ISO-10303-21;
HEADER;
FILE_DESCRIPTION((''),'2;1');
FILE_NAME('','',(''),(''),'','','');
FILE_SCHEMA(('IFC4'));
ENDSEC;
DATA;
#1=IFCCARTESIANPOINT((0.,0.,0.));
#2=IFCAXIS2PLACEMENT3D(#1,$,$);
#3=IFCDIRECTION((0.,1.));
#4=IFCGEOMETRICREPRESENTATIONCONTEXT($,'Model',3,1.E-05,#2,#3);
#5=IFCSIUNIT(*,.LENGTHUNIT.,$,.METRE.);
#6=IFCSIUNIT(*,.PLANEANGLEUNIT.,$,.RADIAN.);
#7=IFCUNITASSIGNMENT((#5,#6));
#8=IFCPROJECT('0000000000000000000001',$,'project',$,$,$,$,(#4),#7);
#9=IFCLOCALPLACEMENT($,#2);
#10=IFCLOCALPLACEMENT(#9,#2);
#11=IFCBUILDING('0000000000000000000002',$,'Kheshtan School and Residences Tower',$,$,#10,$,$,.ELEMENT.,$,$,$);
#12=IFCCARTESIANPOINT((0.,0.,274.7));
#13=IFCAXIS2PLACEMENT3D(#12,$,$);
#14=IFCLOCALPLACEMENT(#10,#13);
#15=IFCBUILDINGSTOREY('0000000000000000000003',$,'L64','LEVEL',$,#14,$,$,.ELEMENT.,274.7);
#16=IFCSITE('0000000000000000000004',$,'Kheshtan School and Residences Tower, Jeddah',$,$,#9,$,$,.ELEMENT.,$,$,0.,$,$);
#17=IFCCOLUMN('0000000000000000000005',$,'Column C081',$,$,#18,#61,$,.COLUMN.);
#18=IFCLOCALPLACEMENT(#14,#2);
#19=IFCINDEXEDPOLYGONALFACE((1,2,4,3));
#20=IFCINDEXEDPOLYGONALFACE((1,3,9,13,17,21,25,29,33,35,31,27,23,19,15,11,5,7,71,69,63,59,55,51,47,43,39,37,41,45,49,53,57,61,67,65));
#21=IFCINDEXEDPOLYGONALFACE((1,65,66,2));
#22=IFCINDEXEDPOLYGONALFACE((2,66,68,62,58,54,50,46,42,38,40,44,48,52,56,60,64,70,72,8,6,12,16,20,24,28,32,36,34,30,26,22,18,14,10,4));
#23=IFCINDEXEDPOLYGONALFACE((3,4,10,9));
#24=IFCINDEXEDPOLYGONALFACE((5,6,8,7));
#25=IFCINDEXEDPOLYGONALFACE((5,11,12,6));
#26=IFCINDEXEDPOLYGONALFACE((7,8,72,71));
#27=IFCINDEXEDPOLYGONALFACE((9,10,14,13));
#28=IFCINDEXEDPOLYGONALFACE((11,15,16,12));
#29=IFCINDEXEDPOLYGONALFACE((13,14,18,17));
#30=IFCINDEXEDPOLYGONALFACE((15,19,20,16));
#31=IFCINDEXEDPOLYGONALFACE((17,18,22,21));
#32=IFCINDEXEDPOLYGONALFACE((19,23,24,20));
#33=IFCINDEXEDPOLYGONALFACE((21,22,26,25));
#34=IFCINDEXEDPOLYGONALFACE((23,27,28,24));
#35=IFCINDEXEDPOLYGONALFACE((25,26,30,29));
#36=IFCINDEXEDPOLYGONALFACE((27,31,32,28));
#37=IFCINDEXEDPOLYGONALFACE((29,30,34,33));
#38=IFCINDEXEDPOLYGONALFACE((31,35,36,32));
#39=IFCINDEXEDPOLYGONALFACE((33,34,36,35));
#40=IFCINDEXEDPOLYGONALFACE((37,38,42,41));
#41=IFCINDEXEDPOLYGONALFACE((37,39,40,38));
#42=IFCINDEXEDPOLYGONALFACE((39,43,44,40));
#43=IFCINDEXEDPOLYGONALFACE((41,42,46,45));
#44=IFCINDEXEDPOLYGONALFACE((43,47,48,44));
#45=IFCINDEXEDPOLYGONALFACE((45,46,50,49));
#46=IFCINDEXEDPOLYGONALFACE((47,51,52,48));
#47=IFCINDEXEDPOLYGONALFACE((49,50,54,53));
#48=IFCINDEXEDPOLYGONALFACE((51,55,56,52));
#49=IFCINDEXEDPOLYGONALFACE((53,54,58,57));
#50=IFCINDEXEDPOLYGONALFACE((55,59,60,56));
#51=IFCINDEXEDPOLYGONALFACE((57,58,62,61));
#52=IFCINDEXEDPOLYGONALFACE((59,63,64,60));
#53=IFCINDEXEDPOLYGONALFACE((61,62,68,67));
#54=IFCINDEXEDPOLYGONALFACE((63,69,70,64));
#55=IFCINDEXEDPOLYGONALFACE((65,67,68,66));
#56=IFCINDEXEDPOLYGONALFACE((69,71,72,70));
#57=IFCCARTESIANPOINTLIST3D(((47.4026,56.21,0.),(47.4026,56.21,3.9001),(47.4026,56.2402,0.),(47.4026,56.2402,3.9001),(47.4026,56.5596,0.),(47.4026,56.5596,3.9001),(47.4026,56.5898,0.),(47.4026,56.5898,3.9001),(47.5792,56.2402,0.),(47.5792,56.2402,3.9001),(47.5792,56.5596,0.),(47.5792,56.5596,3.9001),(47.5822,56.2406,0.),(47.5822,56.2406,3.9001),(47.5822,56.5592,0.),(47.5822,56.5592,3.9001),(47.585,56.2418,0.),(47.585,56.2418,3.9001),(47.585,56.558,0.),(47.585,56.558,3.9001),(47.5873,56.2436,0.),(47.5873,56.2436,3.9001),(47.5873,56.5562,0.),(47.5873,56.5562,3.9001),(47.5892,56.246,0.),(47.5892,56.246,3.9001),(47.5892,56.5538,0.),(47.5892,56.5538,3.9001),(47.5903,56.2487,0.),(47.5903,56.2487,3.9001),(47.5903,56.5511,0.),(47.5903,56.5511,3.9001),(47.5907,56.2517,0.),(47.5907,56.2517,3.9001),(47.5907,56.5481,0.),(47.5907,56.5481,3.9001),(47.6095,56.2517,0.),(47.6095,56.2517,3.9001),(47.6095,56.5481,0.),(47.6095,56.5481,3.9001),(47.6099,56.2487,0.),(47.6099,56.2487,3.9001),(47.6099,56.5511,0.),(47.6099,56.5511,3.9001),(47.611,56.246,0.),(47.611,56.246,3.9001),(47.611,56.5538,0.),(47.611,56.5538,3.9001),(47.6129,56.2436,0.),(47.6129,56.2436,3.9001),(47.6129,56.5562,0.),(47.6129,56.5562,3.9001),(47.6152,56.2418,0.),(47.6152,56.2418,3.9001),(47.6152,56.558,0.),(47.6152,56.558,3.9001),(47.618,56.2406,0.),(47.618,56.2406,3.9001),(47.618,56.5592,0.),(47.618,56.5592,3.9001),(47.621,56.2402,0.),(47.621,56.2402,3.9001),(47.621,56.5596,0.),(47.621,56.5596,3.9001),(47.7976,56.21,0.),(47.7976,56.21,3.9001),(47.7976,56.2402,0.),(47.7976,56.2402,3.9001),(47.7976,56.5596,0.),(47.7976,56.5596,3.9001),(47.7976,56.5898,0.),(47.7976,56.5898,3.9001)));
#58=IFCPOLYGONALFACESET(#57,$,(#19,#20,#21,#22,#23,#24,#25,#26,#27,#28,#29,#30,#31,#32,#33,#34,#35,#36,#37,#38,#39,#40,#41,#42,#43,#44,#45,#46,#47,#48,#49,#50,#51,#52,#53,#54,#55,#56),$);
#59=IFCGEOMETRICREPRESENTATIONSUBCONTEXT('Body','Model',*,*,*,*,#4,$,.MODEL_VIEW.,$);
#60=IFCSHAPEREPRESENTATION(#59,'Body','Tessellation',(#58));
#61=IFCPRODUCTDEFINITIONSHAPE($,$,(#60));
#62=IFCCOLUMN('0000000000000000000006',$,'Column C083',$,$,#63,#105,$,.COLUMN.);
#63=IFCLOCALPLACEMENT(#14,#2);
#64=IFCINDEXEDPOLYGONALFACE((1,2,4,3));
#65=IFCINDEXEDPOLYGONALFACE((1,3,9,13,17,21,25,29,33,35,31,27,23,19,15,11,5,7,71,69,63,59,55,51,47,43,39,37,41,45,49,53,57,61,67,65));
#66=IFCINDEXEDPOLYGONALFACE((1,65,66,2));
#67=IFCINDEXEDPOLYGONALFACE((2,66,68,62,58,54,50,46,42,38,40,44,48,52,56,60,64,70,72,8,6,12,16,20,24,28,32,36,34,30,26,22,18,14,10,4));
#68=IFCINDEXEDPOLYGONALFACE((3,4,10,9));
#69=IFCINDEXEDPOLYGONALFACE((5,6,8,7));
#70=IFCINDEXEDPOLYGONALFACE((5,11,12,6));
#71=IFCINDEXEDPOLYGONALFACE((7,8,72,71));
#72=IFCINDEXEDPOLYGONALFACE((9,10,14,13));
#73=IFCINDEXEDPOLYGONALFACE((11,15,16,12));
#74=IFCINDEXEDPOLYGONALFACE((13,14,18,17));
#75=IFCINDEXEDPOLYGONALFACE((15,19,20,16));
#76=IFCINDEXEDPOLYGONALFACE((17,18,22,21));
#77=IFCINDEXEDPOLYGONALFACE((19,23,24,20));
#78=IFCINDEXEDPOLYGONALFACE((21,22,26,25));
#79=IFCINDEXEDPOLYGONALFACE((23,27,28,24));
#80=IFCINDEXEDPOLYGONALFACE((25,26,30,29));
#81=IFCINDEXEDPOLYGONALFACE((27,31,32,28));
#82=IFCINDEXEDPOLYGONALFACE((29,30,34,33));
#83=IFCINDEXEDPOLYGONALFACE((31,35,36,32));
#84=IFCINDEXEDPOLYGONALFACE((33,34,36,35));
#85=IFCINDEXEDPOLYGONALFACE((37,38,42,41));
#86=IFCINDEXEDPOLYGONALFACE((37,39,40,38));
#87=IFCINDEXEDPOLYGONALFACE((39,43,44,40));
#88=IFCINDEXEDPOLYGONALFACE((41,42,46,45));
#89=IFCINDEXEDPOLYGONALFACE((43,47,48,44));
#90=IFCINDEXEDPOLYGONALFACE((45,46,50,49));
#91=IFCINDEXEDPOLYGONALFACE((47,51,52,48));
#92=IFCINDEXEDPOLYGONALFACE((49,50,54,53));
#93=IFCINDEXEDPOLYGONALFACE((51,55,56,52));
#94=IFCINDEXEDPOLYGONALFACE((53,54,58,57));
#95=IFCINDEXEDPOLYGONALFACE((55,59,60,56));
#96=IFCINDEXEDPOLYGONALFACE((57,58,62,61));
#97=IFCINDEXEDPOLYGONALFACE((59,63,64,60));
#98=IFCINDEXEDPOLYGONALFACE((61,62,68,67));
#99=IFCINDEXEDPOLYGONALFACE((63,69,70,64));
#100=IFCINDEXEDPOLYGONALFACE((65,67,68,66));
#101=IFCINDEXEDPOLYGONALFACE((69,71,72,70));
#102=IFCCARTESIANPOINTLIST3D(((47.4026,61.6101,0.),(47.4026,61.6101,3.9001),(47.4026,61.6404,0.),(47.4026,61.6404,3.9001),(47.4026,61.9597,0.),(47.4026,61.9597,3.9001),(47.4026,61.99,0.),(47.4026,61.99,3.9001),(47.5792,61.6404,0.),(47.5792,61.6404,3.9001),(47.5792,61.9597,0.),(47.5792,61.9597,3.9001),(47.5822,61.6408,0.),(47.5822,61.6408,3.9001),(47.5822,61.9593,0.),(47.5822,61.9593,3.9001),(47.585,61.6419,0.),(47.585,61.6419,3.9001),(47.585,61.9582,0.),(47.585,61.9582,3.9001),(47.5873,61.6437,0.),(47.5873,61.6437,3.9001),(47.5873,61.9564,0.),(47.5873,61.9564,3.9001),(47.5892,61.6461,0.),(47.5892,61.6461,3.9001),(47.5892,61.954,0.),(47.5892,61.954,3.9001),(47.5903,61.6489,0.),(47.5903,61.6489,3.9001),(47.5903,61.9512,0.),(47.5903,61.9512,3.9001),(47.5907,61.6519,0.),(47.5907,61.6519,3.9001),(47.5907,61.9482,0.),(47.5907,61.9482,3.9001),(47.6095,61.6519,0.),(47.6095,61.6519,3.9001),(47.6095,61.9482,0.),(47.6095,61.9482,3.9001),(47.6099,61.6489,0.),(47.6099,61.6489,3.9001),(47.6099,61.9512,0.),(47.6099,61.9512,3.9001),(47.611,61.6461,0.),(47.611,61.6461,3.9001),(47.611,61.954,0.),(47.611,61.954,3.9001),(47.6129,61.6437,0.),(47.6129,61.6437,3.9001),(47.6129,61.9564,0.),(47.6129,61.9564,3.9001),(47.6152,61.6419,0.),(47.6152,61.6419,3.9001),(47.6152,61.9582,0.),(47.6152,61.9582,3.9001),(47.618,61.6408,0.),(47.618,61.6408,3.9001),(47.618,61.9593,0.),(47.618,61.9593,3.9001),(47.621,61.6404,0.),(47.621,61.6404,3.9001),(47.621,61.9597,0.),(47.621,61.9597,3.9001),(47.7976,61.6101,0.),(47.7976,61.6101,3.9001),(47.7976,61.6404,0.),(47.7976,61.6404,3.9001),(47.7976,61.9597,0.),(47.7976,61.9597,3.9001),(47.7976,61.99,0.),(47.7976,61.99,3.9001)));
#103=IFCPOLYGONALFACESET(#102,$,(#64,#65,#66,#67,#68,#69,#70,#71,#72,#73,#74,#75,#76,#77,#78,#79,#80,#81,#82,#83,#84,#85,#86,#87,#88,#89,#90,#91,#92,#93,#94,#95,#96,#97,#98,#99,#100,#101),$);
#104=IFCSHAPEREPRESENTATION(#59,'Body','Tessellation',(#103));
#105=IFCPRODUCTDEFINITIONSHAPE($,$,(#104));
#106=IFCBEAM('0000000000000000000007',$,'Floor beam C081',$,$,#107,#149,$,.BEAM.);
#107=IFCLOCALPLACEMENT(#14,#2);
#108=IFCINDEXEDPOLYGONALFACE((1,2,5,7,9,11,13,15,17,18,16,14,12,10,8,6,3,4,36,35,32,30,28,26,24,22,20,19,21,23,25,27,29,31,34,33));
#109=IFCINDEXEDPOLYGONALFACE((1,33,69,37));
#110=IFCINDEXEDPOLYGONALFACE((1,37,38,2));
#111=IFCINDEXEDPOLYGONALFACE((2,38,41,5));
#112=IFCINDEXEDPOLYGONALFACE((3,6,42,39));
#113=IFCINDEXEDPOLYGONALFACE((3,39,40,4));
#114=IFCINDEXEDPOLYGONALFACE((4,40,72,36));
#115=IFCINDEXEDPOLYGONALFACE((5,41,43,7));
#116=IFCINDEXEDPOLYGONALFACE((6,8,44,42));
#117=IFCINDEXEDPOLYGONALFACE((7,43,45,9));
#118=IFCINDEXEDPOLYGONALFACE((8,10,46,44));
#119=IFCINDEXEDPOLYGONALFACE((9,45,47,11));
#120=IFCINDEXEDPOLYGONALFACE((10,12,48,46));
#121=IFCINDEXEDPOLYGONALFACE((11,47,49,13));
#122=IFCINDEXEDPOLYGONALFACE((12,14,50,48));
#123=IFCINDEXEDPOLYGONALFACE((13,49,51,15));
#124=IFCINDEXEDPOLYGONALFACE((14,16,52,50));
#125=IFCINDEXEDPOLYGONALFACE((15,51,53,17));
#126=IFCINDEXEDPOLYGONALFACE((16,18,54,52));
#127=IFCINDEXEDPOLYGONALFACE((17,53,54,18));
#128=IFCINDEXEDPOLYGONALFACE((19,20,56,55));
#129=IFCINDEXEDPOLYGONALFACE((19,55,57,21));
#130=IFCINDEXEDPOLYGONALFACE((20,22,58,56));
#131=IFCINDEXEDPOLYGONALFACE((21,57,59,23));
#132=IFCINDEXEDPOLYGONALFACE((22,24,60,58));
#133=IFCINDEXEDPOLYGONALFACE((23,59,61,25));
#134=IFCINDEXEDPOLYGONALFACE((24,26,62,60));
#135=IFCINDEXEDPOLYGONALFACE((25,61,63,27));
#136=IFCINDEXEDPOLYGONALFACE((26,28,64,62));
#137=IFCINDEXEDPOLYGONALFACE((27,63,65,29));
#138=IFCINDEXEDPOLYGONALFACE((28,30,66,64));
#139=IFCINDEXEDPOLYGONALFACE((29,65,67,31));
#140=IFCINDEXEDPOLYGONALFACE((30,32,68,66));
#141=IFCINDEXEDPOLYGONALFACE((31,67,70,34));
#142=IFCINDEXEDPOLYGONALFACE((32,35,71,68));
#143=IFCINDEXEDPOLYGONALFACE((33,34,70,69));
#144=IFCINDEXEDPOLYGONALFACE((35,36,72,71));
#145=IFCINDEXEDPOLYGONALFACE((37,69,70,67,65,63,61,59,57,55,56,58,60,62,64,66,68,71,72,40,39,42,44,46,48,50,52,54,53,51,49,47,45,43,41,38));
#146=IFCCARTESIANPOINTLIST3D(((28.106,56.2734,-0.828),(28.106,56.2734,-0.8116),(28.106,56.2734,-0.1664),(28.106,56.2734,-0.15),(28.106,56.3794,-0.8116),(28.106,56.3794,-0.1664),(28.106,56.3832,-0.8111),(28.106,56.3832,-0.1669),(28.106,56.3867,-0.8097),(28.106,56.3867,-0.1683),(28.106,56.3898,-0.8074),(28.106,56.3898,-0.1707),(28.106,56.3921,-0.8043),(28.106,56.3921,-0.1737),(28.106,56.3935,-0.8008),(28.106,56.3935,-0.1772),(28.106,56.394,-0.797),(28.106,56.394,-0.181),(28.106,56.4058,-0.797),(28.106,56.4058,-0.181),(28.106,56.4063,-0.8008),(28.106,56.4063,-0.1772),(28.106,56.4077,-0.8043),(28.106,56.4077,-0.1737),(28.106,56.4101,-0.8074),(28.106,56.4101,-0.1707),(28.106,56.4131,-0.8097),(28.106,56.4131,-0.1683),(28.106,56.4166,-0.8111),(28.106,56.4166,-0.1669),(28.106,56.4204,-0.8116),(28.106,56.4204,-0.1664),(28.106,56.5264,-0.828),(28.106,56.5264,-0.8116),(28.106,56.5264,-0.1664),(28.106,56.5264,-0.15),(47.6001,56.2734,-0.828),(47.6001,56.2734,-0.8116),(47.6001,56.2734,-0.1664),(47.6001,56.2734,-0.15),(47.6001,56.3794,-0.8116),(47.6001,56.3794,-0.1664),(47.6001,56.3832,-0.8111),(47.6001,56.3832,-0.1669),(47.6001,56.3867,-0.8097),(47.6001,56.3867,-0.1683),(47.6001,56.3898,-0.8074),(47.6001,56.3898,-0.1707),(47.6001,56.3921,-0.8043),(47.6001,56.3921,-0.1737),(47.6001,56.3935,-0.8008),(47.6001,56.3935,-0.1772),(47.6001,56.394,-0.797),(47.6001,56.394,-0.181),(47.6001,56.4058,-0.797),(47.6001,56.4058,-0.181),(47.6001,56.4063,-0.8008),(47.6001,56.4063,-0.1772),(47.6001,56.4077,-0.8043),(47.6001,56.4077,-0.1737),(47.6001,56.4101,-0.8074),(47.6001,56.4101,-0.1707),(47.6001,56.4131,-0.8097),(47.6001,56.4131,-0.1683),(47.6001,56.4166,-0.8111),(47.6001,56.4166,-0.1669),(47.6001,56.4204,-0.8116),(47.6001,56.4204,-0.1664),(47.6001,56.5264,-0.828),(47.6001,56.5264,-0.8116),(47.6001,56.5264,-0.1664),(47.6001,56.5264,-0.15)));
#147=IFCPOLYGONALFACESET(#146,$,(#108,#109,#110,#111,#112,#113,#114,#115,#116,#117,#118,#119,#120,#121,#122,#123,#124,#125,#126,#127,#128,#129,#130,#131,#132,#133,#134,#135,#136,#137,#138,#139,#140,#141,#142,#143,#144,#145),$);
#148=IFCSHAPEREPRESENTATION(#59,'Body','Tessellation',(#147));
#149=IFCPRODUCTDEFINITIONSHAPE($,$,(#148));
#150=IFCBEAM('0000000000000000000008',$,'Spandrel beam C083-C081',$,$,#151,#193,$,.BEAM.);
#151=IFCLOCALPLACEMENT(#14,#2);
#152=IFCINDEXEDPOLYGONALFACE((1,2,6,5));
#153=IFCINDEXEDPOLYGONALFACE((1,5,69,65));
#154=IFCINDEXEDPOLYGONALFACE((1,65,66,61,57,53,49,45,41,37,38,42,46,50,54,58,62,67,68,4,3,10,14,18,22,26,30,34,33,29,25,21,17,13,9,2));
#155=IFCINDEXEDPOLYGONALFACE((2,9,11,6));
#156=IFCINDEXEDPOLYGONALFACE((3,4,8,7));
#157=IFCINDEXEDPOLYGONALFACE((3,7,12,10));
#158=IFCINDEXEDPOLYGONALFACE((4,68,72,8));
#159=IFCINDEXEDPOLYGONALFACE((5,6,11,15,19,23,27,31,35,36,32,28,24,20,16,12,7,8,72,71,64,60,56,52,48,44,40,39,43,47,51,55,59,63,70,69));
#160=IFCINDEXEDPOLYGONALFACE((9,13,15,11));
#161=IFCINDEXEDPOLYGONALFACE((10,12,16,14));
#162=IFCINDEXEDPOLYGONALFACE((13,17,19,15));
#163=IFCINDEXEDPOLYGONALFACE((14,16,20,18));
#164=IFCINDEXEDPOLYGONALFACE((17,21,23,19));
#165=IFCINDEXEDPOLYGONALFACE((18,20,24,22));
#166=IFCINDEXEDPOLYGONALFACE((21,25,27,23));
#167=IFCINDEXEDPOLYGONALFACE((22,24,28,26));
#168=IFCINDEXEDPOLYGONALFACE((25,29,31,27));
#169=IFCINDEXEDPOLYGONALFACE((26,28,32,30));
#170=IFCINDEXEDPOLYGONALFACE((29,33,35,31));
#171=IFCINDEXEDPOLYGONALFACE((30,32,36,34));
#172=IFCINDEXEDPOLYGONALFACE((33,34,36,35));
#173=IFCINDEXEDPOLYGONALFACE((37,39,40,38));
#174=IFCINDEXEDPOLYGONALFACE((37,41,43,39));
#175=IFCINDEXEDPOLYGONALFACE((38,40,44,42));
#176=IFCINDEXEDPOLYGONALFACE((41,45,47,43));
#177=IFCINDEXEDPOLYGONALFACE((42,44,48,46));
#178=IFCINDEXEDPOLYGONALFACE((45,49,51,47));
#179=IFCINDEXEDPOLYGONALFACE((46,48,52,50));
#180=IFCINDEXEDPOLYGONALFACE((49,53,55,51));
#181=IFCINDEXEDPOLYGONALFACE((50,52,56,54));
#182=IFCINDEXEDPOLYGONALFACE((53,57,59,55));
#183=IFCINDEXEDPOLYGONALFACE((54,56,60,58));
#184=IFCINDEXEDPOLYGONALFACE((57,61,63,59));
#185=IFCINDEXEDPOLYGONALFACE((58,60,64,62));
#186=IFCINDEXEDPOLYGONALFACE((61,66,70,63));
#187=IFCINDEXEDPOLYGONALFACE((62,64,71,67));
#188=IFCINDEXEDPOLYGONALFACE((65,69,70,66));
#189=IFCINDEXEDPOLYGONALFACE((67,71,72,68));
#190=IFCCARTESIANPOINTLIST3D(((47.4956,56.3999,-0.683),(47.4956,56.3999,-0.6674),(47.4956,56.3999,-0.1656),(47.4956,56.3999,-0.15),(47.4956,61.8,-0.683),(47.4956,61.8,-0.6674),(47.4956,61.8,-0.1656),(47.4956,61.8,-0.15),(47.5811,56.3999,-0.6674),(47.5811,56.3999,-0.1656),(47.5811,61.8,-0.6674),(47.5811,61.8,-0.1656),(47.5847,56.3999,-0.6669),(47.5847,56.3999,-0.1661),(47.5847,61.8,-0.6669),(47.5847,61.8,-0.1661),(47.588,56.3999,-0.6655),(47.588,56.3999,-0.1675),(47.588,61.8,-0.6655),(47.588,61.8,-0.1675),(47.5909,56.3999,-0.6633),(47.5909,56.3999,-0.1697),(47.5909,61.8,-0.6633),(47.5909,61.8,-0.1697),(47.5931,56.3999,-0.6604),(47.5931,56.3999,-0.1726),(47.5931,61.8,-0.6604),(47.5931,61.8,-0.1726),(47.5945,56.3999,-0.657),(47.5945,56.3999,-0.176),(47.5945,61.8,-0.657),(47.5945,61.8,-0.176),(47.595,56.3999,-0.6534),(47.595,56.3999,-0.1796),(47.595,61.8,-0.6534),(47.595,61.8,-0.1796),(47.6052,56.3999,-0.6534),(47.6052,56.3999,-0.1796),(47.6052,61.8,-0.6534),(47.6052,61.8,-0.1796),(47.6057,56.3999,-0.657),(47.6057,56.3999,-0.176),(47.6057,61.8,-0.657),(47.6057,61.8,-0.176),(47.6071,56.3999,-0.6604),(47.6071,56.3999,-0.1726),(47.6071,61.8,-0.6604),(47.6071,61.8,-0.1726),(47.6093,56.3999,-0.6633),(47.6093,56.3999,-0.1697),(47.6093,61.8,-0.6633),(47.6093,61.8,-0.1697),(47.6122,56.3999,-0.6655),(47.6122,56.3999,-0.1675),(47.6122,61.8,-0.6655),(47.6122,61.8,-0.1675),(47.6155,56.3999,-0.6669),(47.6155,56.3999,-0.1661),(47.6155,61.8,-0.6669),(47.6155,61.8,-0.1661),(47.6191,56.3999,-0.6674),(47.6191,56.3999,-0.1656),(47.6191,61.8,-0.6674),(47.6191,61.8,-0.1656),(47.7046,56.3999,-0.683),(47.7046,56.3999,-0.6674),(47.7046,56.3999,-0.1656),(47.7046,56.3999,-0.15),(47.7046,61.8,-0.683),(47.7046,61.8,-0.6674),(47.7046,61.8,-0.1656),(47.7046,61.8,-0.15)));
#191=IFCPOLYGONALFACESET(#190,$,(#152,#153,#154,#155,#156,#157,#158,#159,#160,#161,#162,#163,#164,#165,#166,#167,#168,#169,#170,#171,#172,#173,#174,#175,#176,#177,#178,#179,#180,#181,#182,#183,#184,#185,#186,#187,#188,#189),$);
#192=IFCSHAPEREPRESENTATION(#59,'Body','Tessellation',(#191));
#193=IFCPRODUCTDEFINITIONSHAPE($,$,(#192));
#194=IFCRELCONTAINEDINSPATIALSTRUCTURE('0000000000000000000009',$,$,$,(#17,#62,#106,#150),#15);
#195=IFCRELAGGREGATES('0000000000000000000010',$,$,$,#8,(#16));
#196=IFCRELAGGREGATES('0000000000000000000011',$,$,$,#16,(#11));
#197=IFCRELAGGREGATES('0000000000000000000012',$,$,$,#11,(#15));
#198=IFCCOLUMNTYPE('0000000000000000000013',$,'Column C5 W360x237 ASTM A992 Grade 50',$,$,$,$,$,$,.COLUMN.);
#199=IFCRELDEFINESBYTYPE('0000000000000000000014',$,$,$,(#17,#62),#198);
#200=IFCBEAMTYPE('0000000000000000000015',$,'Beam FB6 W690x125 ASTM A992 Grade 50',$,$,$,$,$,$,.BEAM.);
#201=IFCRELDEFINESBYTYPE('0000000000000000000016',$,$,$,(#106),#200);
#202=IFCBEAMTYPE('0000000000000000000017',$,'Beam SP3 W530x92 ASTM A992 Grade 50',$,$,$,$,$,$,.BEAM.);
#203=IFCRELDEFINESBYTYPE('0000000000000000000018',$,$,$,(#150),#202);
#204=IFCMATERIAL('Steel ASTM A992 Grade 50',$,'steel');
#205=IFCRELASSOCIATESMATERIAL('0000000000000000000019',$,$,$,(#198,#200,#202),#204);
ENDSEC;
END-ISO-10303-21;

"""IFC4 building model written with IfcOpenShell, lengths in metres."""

from ifc_helpers import new_model, si_unit, direction, frame, origin, origin_2d, place, context, subcontext, project, spatial, i_section, extrude, material, material_profile, profile_set, type_object, element, save


model = new_model("IFC4")

# Units and contexts
model_context = context("Model", 3, precision=1e-05, world=origin(), true_north=direction((0.0, 1.0)))
body_context = subcontext(model_context, "Body", "Model", "MODEL_VIEW")
ifc_project = project(units=[si_unit("LENGTHUNIT", "METRE"), si_unit("PLANEANGLEUNIT", "RADIAN")], contexts=[model_context])

# Site, building, storey
site_placement = place(None, origin())
site = spatial("IfcSite", under=ifc_project, at=site_placement, Name="Kheshtan School and Residences Tower, Jeddah", CompositionType="ELEMENT", RefElevation=0.0)
building_placement = place(site_placement, origin())
building = spatial("IfcBuilding", under=site, at=building_placement, Name="Kheshtan School and Residences Tower", CompositionType="ELEMENT")
storey_placement = place(building_placement, frame((0.0, 0.0, 274.7)))
storey = spatial("IfcBuildingStorey", under=building, at=storey_placement, Name="L64", Description="LEVEL", CompositionType="ELEMENT", Elevation=274.7)

# Columns
ifc_material_1 = material(Name="Steel ASTM A992 Grade 50", Category="steel")
ifc_material_profile_1 = material_profile(ifc_material_1, i_section(OverallWidth=0.395, OverallDepth=0.3799, WebThickness=0.0188, FlangeThickness=0.0303, FilletRadius=0.0115, at=origin_2d()), Name="W360x237")
ifc_profile_set_1 = profile_set([ifc_material_profile_1], Name="Steel ASTM A992 Grade 50")
column_type = type_object("IfcColumnType", Name="Column C5 W360x237 ASTM A992 Grade 50", PredefinedType="COLUMN", material=ifc_profile_set_1)
for number, where, z_axis, x_axis, name in (
    (1, (47.6001, 56.3999, 0.0), (0.0, 0.0, 1.0), (1.0, 0.0, 0.0), "Column C081"),
    (2, (47.6001, 61.8, 0.0), (0.0, 0.0, 1.0), (1.0, 0.0, 0.0), "Column C083"),
):
    element("IfcColumn", number, at=place(storey_placement, frame(where, z_axis=z_axis, x_axis=x_axis)), inside=storey, type_object=column_type, Name=name, PredefinedType="COLUMN", context=body_context, shape_type="SweptSolid", body=[
        extrude(i_section(OverallWidth=0.395, OverallDepth=0.3799, WebThickness=0.0188, FlangeThickness=0.0303, FilletRadius=0.0115, at=origin_2d()), origin(), (0.0, 0.0, 1.0), 3.9001),
    ])

# Beams
ifc_material_profile_2 = material_profile(ifc_material_1, i_section(OverallWidth=0.2529, OverallDepth=0.678, WebThickness=0.0117, FlangeThickness=0.0164, FilletRadius=0.0146, at=origin_2d()), Name="W690x125")
ifc_profile_set_2 = profile_set([ifc_material_profile_2], Name="Steel ASTM A992 Grade 50")
beam_type_1 = type_object("IfcBeamType", Name="Beam FB6 W690x125 ASTM A992 Grade 50", PredefinedType="BEAM", material=ifc_profile_set_2)
beam_1_placement = place(storey_placement, frame((47.6001, 56.3999, -0.489), z_axis=(-1.0, 0.0, 0.0), x_axis=(0.0, -1.0, 0.0)))
element("IfcBeam", 3, at=beam_1_placement, inside=storey, type_object=beam_type_1, Name="Floor beam C081", PredefinedType="BEAM", context=body_context, shape_type="SweptSolid", body=[
    extrude(i_section(OverallWidth=0.2529, OverallDepth=0.678, WebThickness=0.0117, FlangeThickness=0.0164, FilletRadius=0.0146, at=origin_2d()), origin(), (0.0, 0.0, 1.0), 19.4941),
])
ifc_material_profile_3 = material_profile(ifc_material_1, i_section(OverallWidth=0.209, OverallDepth=0.533, WebThickness=0.0103, FlangeThickness=0.0156, FilletRadius=0.0139, at=origin_2d()), Name="W530x92")
ifc_profile_set_3 = profile_set([ifc_material_profile_3], Name="Steel ASTM A992 Grade 50")
beam_type_2 = type_object("IfcBeamType", Name="Beam SP3 W530x92 ASTM A992 Grade 50", PredefinedType="BEAM", material=ifc_profile_set_3)
beam_2_placement = place(storey_placement, frame((47.6001, 61.8, -0.4165), z_axis=(0.0, -1.0, 0.0), x_axis=(1.0, 0.0, 0.0)))
element("IfcBeam", 4, at=beam_2_placement, inside=storey, type_object=beam_type_2, Name="Spandrel beam C083-C081", PredefinedType="BEAM", context=body_context, shape_type="SweptSolid", body=[
    extrude(i_section(OverallWidth=0.209, OverallDepth=0.533, WebThickness=0.0103, FlangeThickness=0.0156, FilletRadius=0.0139, at=origin_2d()), origin(), (0.0, 0.0, 1.0), 5.4001),
])

save(model, "model.ifc")
